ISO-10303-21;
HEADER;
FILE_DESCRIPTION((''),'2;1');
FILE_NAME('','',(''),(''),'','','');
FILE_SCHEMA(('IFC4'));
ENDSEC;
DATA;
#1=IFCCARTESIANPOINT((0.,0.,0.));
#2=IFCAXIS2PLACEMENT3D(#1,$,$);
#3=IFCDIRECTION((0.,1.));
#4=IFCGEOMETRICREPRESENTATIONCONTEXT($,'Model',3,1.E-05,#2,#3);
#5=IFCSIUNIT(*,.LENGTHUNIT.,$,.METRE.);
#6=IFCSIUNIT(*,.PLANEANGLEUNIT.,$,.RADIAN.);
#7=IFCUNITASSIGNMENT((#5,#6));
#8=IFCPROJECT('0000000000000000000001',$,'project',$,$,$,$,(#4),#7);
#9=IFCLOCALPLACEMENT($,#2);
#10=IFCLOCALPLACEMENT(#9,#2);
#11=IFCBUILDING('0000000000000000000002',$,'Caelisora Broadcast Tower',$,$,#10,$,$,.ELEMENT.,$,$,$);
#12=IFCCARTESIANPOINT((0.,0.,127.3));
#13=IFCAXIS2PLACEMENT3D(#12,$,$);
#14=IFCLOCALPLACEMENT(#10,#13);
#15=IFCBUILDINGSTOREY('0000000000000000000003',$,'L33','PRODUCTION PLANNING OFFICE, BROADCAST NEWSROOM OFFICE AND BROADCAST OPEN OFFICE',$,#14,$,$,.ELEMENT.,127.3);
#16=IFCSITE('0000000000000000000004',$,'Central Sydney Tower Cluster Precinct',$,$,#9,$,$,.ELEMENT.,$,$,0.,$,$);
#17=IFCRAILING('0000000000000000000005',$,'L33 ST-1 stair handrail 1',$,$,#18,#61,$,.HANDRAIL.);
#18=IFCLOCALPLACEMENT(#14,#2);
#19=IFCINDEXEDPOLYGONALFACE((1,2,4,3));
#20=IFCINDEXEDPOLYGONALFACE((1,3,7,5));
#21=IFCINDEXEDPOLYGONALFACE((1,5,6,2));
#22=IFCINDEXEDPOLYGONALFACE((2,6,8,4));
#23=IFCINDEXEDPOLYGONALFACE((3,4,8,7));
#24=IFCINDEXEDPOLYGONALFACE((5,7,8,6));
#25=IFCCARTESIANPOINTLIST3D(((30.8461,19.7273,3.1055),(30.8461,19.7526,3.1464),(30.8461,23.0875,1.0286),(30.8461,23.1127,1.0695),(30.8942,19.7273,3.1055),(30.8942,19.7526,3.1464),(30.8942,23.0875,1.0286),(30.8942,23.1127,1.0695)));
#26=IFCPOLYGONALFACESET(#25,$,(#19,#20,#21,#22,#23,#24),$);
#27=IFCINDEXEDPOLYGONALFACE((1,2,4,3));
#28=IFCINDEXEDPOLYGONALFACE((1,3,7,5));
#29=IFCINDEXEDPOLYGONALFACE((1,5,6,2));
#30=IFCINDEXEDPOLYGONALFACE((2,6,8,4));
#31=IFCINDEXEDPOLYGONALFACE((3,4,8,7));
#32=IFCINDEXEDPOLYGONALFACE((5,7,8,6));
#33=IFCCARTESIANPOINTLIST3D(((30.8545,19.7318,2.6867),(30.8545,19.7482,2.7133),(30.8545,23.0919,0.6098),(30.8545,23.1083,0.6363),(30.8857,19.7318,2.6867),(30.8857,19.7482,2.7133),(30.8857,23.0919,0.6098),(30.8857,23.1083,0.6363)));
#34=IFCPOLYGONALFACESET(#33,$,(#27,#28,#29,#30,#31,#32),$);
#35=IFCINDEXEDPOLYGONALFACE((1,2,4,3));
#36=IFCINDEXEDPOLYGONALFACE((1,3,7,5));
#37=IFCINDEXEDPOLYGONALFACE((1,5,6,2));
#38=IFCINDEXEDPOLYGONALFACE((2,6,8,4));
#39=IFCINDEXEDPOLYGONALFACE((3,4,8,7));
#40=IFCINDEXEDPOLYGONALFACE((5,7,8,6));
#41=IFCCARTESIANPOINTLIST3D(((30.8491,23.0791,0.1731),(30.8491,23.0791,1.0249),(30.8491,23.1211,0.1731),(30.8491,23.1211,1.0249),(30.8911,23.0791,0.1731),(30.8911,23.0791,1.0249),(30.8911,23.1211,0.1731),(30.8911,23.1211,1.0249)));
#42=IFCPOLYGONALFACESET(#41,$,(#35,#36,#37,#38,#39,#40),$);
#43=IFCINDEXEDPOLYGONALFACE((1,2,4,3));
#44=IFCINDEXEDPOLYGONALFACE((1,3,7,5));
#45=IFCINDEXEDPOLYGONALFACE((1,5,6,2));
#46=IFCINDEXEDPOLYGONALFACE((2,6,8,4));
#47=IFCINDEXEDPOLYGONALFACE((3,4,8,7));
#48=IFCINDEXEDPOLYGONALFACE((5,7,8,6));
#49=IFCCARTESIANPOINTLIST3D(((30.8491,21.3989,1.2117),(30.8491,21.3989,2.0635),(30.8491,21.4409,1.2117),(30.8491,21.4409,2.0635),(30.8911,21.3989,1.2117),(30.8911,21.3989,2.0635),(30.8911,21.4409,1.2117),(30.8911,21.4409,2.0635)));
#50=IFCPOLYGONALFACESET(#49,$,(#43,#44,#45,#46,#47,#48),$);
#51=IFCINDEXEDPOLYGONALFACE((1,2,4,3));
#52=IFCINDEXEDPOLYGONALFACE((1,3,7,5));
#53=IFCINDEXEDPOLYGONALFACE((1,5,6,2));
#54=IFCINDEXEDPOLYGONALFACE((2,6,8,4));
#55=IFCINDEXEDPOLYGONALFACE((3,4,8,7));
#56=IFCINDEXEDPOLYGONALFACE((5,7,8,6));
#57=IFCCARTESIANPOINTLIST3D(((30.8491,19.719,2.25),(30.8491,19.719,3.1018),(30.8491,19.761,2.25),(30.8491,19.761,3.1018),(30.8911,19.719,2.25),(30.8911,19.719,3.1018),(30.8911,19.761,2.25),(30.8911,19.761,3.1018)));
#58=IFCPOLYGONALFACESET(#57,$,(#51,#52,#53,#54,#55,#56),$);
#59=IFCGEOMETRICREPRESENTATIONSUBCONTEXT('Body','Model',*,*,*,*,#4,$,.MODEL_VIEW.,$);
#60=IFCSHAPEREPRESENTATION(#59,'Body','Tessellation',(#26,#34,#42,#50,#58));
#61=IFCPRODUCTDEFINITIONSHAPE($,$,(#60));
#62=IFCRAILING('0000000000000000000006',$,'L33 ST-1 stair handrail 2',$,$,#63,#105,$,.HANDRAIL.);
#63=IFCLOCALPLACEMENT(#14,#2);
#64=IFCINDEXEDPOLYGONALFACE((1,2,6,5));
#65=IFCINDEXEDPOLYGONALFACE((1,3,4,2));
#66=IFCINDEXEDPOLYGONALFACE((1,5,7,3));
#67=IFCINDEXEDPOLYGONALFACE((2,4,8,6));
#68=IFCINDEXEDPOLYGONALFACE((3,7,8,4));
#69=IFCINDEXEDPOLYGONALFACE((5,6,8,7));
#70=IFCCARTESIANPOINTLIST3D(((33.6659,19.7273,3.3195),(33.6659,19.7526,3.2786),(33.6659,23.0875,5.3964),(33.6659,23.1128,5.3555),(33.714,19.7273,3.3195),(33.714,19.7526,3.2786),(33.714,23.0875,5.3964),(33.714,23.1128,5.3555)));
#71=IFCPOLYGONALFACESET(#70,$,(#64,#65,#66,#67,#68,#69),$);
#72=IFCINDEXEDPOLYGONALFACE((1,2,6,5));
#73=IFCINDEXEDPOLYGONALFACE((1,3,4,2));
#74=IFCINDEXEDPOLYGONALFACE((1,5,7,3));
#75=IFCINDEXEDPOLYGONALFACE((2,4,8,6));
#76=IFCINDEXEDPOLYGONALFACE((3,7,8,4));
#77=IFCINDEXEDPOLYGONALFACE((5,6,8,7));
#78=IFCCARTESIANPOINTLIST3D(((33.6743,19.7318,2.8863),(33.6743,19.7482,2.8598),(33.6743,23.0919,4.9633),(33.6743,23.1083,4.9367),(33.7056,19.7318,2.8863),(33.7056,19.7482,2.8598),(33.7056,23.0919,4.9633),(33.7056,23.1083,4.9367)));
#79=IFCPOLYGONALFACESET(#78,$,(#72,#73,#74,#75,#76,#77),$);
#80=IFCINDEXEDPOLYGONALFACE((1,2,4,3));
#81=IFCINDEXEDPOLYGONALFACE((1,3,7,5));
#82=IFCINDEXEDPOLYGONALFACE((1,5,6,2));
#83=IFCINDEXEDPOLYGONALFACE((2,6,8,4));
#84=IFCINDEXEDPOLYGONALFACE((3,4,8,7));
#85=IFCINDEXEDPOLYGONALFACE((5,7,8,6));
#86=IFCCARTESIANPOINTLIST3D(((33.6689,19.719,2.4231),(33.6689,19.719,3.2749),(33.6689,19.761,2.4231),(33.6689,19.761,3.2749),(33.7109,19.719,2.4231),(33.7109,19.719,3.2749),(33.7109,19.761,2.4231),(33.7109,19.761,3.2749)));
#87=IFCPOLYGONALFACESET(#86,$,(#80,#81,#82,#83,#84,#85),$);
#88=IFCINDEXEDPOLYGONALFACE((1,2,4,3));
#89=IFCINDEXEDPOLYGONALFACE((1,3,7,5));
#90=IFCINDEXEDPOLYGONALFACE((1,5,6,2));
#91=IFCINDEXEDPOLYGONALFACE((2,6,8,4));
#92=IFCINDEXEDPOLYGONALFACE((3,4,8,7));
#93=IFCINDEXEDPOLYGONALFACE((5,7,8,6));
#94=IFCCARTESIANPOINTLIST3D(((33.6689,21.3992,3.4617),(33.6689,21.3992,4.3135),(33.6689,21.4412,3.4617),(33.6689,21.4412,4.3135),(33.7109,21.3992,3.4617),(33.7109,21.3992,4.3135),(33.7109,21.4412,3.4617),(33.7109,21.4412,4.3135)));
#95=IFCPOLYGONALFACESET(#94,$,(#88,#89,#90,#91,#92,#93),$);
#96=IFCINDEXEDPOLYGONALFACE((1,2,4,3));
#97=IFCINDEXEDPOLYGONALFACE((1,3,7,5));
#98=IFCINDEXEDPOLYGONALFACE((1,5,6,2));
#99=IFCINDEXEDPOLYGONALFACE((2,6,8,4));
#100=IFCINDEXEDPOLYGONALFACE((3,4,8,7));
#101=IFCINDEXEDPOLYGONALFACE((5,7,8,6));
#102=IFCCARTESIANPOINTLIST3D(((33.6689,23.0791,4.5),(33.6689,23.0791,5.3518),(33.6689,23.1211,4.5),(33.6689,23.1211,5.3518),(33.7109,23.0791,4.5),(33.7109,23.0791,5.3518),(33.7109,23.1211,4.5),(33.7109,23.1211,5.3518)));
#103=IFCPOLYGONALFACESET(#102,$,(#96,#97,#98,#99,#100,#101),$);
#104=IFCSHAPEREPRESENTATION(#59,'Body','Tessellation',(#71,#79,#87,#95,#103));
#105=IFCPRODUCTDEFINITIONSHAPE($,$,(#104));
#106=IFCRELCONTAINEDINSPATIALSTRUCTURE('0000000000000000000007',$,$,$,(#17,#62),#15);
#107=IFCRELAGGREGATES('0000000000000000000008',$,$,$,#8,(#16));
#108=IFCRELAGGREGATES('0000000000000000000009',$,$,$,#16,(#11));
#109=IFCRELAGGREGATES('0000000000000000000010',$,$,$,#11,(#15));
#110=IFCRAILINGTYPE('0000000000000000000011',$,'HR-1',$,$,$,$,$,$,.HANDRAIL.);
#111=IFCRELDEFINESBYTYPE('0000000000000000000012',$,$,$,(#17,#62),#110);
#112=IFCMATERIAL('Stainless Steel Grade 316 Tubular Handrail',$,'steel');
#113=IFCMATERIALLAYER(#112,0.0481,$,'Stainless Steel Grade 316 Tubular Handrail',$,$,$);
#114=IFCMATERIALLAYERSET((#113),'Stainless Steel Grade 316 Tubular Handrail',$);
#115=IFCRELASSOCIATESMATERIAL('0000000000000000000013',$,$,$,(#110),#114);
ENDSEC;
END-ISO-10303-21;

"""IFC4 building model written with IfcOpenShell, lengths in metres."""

from ifc_helpers import new_model, si_unit, direction, frame, origin, origin_2d, place, context, subcontext, project, spatial, rectangle, extrude, material, layer, layer_set, type_object, element, save


model = new_model("IFC4")

# Units and contexts
model_context = context("Model", 3, precision=1e-05, world=origin(), true_north=direction((0.0, 1.0)))
body_context = subcontext(model_context, "Body", "Model", "MODEL_VIEW")
ifc_project = project(units=[si_unit("LENGTHUNIT", "METRE"), si_unit("PLANEANGLEUNIT", "RADIAN")], contexts=[model_context])

# Site, building, storey
site_placement = place(None, origin())
site = spatial("IfcSite", under=ifc_project, at=site_placement, Name="Central Sydney Tower Cluster Precinct", CompositionType="ELEMENT", RefElevation=0.0)
building_placement = place(site_placement, origin())
building = spatial("IfcBuilding", under=site, at=building_placement, Name="Caelisora Broadcast Tower", CompositionType="ELEMENT")
storey_placement = place(building_placement, frame((0.0, 0.0, 127.3)))
storey = spatial("IfcBuildingStorey", under=building, at=storey_placement, Name="L33", Description="PRODUCTION PLANNING OFFICE, BROADCAST NEWSROOM OFFICE AND BROADCAST OPEN OFFICE", CompositionType="ELEMENT", Elevation=127.3)

# Railings
ifc_material_1 = material(Name="Stainless Steel Grade 316 Tubular Handrail", Category="steel")
ifc_layer_1 = layer(ifc_material_1, 0.0481, Name="Stainless Steel Grade 316 Tubular Handrail")
ifc_layer_set_1 = layer_set([ifc_layer_1], Name="Stainless Steel Grade 316 Tubular Handrail")
railing_type_1 = type_object("IfcRailingType", Name="HR-1", PredefinedType="HANDRAIL", material=ifc_layer_set_1)
railing_1_placement = place(storey_placement, frame((30.8701, 23.1001, 0.1731)))
element("IfcRailing", 1, at=railing_1_placement, inside=storey, type_object=railing_type_1, Name="L33 ST-1 stair handrail 1", PredefinedType="HANDRAIL", context=body_context, shape_type="SweptSolid", body=[
    extrude(rectangle(XDim=0.0481, YDim=0.0481, at=origin_2d()), frame((0.0, 0.0, 0.876), z_axis=(0.0, -0.850623, 0.525776), x_axis=(1.0, 0.0, 0.0)), (0.0, 0.0, 1.0), 3.9502),
    extrude(rectangle(XDim=0.0312, YDim=0.0312, at=origin_2d()), frame((0.0, 0.0, 0.45), z_axis=(0.0, -0.850623, 0.525776), x_axis=(1.0, 0.0, 0.0)), (0.0, 0.0, 1.0), 3.9502),
    extrude(rectangle(XDim=0.042, YDim=0.042, at=origin_2d()), origin(), (0.0, 0.0, 1.0), 0.8518),
    extrude(rectangle(XDim=0.042, YDim=0.042, at=origin_2d()), frame((0.0, -1.6802, 1.0386)), (0.0, 0.0, 1.0), 0.8518),
    extrude(rectangle(XDim=0.042, YDim=0.042, at=origin_2d()), frame((0.0, -3.3601, 2.0769)), (0.0, 0.0, 1.0), 0.8518),
])
railing_2_placement = place(storey_placement, frame((33.6899, 19.74, 2.4231)))
element("IfcRailing", 2, at=railing_2_placement, inside=storey, type_object=railing_type_1, Name="L33 ST-1 stair handrail 2", PredefinedType="HANDRAIL", context=body_context, shape_type="SweptSolid", body=[
    extrude(rectangle(XDim=0.0481, YDim=0.0481, at=origin_2d()), frame((0.0, 0.0, 0.876), z_axis=(0.0, 0.850623, 0.525776), x_axis=(-1.0, 0.0, 0.0)), (0.0, 0.0, 1.0), 3.9502),
    extrude(rectangle(XDim=0.0312, YDim=0.0312, at=origin_2d()), frame((0.0, 0.0, 0.45), z_axis=(0.0, 0.850623, 0.525776), x_axis=(-1.0, 0.0, 0.0)), (0.0, 0.0, 1.0), 3.9502),
    extrude(rectangle(XDim=0.042, YDim=0.042, at=origin_2d()), origin(), (0.0, 0.0, 1.0), 0.8518),
    extrude(rectangle(XDim=0.042, YDim=0.042, at=origin_2d()), frame((0.0, 1.6802, 1.0386)), (0.0, 0.0, 1.0), 0.8518),
    extrude(rectangle(XDim=0.042, YDim=0.042, at=origin_2d()), frame((0.0, 3.3601, 2.0769)), (0.0, 0.0, 1.0), 0.8518),
])

save(model, "model.ifc")
